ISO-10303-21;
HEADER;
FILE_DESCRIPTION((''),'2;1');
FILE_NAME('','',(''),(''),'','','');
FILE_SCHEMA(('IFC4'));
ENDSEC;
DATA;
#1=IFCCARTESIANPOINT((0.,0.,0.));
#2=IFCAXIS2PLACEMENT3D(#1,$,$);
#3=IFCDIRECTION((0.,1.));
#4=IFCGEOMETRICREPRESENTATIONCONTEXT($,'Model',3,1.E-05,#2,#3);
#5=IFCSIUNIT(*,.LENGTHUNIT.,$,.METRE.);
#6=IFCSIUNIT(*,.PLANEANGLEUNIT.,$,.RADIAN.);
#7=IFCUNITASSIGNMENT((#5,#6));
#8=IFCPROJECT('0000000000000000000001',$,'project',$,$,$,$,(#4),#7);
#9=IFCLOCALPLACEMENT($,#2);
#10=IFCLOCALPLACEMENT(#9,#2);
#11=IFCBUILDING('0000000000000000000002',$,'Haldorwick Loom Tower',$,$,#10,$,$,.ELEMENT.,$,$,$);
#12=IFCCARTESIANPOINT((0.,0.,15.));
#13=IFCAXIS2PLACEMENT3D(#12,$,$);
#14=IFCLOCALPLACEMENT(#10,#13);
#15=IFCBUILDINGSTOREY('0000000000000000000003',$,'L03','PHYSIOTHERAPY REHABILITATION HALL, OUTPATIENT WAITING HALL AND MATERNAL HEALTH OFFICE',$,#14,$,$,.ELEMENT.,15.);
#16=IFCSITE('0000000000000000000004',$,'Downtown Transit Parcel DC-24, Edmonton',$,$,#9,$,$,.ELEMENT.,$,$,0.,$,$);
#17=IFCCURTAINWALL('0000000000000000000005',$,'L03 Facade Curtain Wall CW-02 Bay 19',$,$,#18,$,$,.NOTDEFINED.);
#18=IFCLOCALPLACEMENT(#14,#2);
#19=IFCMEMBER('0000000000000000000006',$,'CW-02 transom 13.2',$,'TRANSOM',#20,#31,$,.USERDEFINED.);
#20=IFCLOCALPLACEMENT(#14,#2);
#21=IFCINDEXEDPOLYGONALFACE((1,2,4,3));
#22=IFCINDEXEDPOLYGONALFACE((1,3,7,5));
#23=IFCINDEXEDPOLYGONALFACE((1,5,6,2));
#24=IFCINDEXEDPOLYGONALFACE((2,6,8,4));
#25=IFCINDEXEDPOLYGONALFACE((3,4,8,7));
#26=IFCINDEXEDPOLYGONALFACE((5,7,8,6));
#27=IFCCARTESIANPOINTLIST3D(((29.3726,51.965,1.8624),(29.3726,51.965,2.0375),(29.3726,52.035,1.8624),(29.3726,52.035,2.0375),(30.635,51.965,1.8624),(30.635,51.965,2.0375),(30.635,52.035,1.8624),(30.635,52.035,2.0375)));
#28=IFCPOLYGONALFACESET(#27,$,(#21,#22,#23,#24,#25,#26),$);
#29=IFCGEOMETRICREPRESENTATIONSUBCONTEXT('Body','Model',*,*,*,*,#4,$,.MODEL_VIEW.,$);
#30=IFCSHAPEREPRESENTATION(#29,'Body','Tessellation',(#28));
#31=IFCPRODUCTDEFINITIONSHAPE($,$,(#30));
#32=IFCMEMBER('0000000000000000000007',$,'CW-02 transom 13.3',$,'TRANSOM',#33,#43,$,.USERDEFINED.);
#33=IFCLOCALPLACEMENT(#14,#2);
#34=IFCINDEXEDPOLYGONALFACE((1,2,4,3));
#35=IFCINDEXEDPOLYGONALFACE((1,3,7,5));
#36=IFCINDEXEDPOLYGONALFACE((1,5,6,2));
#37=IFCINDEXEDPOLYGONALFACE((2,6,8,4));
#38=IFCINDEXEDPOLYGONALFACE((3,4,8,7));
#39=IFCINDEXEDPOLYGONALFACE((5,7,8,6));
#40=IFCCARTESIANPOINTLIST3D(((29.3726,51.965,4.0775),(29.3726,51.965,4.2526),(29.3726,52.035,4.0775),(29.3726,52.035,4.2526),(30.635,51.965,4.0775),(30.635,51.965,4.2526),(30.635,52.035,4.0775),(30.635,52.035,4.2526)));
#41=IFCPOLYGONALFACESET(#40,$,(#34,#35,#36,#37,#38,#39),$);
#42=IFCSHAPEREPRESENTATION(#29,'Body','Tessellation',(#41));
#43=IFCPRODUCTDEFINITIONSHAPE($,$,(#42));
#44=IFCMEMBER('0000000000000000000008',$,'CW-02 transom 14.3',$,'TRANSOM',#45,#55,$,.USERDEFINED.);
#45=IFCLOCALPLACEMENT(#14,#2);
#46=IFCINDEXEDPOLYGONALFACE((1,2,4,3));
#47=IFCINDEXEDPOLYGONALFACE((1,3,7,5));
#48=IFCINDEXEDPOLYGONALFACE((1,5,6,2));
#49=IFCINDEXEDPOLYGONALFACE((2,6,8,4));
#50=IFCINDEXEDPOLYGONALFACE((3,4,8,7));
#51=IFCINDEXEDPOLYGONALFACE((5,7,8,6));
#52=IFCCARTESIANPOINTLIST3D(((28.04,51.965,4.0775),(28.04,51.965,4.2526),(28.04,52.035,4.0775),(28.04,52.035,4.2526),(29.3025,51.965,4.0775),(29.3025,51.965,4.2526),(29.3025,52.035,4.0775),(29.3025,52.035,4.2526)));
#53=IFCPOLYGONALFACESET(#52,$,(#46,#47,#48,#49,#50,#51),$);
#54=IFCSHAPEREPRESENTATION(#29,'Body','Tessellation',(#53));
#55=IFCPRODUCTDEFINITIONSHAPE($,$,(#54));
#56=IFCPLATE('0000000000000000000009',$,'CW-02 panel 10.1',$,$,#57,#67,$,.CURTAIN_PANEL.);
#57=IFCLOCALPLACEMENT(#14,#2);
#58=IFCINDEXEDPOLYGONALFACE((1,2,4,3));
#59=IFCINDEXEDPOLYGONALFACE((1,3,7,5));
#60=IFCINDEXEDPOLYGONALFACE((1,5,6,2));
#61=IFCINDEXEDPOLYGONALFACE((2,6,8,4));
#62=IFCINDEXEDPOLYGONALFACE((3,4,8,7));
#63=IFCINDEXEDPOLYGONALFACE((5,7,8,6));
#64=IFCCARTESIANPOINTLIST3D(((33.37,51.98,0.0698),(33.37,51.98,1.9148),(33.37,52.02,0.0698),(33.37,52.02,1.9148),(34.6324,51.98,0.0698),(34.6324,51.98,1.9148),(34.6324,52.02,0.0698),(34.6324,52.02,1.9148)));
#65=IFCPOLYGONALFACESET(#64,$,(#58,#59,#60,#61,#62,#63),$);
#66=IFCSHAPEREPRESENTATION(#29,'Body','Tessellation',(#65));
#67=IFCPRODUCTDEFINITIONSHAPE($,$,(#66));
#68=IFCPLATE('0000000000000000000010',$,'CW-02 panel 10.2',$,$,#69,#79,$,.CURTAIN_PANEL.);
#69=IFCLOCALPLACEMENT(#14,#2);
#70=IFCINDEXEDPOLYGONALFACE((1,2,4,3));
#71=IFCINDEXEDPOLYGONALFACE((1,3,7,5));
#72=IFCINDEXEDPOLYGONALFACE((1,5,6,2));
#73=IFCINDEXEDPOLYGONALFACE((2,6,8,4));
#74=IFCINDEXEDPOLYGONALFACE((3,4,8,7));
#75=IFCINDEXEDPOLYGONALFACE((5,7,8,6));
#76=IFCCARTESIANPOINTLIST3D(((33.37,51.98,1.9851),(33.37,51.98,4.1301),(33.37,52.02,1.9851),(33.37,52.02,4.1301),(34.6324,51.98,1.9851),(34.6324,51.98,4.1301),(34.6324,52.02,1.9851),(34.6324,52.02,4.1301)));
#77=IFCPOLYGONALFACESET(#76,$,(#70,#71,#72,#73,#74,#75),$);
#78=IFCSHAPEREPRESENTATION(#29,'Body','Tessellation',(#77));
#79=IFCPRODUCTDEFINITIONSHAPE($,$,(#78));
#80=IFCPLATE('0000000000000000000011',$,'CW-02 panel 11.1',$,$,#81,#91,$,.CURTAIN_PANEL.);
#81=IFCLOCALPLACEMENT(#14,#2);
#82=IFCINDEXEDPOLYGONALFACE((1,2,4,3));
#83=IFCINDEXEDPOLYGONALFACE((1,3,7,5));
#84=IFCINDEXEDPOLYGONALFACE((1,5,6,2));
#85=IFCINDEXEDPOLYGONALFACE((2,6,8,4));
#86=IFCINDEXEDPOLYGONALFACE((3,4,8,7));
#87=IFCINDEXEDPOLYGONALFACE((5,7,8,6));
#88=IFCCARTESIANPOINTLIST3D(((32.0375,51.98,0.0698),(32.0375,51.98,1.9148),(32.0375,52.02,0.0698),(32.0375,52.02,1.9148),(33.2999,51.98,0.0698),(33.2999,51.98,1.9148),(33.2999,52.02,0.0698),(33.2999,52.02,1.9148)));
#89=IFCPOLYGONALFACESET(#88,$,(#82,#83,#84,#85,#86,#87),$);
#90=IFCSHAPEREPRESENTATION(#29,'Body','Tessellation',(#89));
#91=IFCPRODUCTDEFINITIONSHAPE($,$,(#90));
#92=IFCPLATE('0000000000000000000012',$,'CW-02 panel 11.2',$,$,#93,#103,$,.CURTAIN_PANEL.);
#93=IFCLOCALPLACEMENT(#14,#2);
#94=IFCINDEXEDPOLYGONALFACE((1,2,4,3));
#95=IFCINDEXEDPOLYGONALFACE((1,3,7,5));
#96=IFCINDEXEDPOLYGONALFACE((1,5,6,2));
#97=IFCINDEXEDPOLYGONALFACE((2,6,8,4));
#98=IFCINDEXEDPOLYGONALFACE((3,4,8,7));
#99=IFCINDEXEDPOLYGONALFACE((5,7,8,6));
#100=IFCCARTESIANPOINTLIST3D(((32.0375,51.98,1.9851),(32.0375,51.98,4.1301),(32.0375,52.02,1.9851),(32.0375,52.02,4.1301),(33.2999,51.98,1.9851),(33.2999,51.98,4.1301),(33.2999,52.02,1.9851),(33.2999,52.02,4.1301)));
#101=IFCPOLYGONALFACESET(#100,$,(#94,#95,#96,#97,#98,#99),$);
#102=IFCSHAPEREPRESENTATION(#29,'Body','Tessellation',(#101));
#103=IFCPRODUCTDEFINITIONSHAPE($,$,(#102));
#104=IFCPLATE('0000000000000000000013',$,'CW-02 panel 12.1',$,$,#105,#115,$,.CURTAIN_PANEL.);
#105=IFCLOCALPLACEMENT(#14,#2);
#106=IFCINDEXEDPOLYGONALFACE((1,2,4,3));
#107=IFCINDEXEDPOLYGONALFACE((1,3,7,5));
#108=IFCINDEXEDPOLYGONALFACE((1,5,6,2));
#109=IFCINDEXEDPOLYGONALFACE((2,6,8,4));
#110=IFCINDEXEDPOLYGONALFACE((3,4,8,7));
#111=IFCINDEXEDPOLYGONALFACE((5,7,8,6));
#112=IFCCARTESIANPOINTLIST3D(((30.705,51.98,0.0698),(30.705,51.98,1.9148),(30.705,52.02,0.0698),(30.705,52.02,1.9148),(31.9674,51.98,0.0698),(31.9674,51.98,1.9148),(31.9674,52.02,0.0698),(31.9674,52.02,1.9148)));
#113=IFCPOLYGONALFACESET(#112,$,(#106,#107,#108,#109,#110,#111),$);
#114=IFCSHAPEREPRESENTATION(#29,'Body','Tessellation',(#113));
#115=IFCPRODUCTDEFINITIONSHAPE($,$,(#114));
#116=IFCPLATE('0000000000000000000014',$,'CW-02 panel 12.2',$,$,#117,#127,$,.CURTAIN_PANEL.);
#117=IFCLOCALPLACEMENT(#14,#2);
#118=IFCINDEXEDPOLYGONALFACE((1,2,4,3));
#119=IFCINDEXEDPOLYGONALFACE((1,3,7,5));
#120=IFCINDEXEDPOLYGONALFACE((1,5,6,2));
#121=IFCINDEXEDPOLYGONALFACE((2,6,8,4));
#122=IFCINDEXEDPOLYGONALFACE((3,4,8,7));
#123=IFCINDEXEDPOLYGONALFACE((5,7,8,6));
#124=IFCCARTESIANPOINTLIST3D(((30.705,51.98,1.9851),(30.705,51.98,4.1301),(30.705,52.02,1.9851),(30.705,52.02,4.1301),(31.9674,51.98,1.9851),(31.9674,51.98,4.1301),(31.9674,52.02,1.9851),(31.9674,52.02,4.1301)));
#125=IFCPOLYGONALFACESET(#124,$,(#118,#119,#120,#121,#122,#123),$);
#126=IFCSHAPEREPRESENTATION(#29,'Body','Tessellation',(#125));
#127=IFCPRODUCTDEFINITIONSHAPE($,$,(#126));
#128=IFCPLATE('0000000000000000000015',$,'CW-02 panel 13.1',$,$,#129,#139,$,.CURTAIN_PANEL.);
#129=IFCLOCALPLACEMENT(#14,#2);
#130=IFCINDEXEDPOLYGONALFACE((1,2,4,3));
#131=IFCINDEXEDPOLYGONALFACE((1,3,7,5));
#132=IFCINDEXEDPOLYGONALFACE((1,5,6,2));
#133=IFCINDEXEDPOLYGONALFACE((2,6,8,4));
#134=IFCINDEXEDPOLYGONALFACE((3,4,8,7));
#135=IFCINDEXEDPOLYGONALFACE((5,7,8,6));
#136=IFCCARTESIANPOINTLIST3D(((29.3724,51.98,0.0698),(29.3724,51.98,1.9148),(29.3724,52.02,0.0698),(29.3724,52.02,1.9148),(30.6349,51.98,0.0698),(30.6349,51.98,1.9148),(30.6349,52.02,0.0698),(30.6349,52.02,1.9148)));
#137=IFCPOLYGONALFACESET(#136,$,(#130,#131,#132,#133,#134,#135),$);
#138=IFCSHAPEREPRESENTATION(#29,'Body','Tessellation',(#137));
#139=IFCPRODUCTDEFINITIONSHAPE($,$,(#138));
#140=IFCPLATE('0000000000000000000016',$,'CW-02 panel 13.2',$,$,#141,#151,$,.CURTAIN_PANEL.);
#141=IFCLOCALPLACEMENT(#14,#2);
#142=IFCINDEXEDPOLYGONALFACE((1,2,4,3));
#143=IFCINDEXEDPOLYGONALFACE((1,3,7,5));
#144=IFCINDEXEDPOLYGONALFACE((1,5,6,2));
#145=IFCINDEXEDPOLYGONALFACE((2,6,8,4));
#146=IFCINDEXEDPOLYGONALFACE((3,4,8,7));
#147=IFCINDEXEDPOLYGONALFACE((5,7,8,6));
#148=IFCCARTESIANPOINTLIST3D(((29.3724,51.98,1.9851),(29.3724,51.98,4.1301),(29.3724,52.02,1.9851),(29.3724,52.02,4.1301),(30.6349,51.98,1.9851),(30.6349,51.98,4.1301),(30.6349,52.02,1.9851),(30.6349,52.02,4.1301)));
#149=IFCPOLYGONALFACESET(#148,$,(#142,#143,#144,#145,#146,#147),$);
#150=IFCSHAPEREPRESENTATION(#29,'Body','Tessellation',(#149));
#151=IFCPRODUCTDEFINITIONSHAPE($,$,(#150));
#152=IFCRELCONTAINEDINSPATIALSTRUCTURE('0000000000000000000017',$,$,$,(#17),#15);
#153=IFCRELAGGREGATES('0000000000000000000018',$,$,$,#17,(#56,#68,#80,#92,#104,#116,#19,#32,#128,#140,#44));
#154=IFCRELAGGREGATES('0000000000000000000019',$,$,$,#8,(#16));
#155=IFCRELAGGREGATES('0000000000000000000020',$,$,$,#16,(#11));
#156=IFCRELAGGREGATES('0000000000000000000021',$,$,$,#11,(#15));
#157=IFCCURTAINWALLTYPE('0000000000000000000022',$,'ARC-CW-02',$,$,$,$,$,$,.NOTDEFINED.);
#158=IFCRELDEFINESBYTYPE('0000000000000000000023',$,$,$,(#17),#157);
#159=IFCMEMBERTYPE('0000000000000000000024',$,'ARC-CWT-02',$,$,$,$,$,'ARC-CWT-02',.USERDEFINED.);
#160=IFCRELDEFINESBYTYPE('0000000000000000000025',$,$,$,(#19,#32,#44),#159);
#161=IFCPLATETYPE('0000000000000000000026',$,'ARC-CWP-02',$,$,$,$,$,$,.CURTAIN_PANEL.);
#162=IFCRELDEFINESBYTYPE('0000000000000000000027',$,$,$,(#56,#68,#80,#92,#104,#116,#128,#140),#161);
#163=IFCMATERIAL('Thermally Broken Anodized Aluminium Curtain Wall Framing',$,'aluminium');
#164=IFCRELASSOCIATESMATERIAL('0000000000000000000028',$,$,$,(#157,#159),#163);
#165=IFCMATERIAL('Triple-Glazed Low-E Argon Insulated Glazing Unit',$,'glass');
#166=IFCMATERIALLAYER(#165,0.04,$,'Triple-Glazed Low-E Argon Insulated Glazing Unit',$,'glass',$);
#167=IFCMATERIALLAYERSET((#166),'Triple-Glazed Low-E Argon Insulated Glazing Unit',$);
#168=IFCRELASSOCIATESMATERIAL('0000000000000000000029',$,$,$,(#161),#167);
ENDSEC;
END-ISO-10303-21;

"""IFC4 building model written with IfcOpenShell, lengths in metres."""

from ifc_helpers import new_model, si_unit, direction, frame, origin, origin_2d, place, context, subcontext, project, spatial, rectangle, extrude, material, layer, layer_set, material_profile, profile_set, type_object, element, aggregate, save


model = new_model("IFC4")

# Units and contexts
model_context = context("Model", 3, precision=1e-05, world=origin(), true_north=direction((0.0, 1.0)))
body_context = subcontext(model_context, "Body", "Model", "MODEL_VIEW")
ifc_project = project(units=[si_unit("LENGTHUNIT", "METRE"), si_unit("PLANEANGLEUNIT", "RADIAN")], contexts=[model_context])

# Site, building, storey
site_placement = place(None, origin())
site = spatial("IfcSite", under=ifc_project, at=site_placement, Name="Downtown Transit Parcel DC-24, Edmonton", CompositionType="ELEMENT", RefElevation=0.0)
building_placement = place(site_placement, origin())
building = spatial("IfcBuilding", under=site, at=building_placement, Name="Haldorwick Loom Tower", CompositionType="ELEMENT")
storey_placement = place(building_placement, frame((0.0, 0.0, 15.0)))
storey = spatial("IfcBuildingStorey", under=building, at=storey_placement, Name="L03", Description="PHYSIOTHERAPY REHABILITATION HALL, OUTPATIENT WAITING HALL AND MATERNAL HEALTH OFFICE", CompositionType="ELEMENT", Elevation=15.0)

# Curtain wall, members, plates
ifc_material_1 = material(Name="Thermally Broken Anodized Aluminium Curtain Wall Framing", Category="aluminium")
curtain_wall_type = type_object("IfcCurtainWallType", Name="ARC-CW-02", PredefinedType="NOTDEFINED", material=ifc_material_1)
curtain_wall_placement = place(storey_placement, origin())
curtain_wall = element("IfcCurtainWall", 1, at=curtain_wall_placement, inside=storey, type_object=curtain_wall_type, Name="L03 Facade Curtain Wall CW-02 Bay 19", PredefinedType="NOTDEFINED")
ifc_material_profile_1 = material_profile(ifc_material_1, rectangle(XDim=0.0701, YDim=0.175, at=origin_2d()), Name="ALU_TRN_70X175", Category="aluminium")
ifc_profile_set_1 = profile_set([ifc_material_profile_1], Name="Thermally Broken Anodized Aluminium Curtain Wall Framing")
member_type_1 = type_object("IfcMemberType", Name="ARC-CWT-02", ElementType="ARC-CWT-02", PredefinedType="USERDEFINED", material=ifc_profile_set_1)
member_1_placement = place(storey_placement, frame((30.635, 52.0, 1.95), z_axis=(-1.0, 0.0, 0.0), x_axis=(0.0, -1.0, 0.0)))
member_1 = element("IfcMember", 2, at=member_1_placement, type_object=member_type_1, Name="CW-02 transom 13.2", ObjectType="TRANSOM", PredefinedType="USERDEFINED", context=body_context, shape_type="SweptSolid", body=[
    extrude(rectangle(XDim=0.0701, YDim=0.175, at=origin_2d()), origin(), (0.0, 0.0, 1.0), 1.2625),
])
member_2_placement = place(storey_placement, frame((30.635, 52.0, 4.165), z_axis=(-1.0, 0.0, 0.0), x_axis=(0.0, -1.0, 0.0)))
member_2 = element("IfcMember", 3, at=member_2_placement, type_object=member_type_1, Name="CW-02 transom 13.3", ObjectType="TRANSOM", PredefinedType="USERDEFINED", context=body_context, shape_type="SweptSolid", body=[
    extrude(rectangle(XDim=0.0701, YDim=0.175, at=origin_2d()), origin(), (0.0, 0.0, 1.0), 1.2625),
])
member_3_placement = place(storey_placement, frame((29.3025, 52.0, 4.165), z_axis=(-1.0, 0.0, 0.0), x_axis=(0.0, -1.0, 0.0)))
member_3 = element("IfcMember", 4, at=member_3_placement, type_object=member_type_1, Name="CW-02 transom 14.3", ObjectType="TRANSOM", PredefinedType="USERDEFINED", context=body_context, shape_type="SweptSolid", body=[
    extrude(rectangle(XDim=0.0701, YDim=0.175, at=origin_2d()), origin(), (0.0, 0.0, 1.0), 1.2625),
])
ifc_material_2 = material(Name="Triple-Glazed Low-E Argon Insulated Glazing Unit", Category="glass")
ifc_layer = layer(ifc_material_2, 0.04, Name="Triple-Glazed Low-E Argon Insulated Glazing Unit", Category="glass")
ifc_layer_set = layer_set([ifc_layer], Name="Triple-Glazed Low-E Argon Insulated Glazing Unit")
plate_type = type_object("IfcPlateType", Name="ARC-CWP-02", PredefinedType="CURTAIN_PANEL", material=ifc_layer_set)
plate_1_placement = place(storey_placement, frame((34.0012, 52.0, 0.0698), z_axis=(0.0, 0.0, 1.0), x_axis=(-1.0, 0.0, 0.0)))
plate_1 = element("IfcPlate", 5, at=plate_1_placement, type_object=plate_type, Name="CW-02 panel 10.1", PredefinedType="CURTAIN_PANEL", context=body_context, shape_type="SweptSolid", body=[
    extrude(rectangle(XDim=1.2625, YDim=0.04, at=origin_2d()), origin(), (0.0, 0.0, 1.0), 1.845),
])
plate_2_placement = place(storey_placement, frame((34.0012, 52.0, 1.9851), z_axis=(0.0, 0.0, 1.0), x_axis=(-1.0, 0.0, 0.0)))
plate_2 = element("IfcPlate", 6, at=plate_2_placement, type_object=plate_type, Name="CW-02 panel 10.2", PredefinedType="CURTAIN_PANEL", context=body_context, shape_type="SweptSolid", body=[
    extrude(rectangle(XDim=1.2625, YDim=0.04, at=origin_2d()), origin(), (0.0, 0.0, 1.0), 2.145),
])
plate_3_placement = place(storey_placement, frame((32.6687, 52.0, 0.0698), z_axis=(0.0, 0.0, 1.0), x_axis=(-1.0, 0.0, 0.0)))
plate_3 = element("IfcPlate", 7, at=plate_3_placement, type_object=plate_type, Name="CW-02 panel 11.1", PredefinedType="CURTAIN_PANEL", context=body_context, shape_type="SweptSolid", body=[
    extrude(rectangle(XDim=1.2625, YDim=0.04, at=origin_2d()), origin(), (0.0, 0.0, 1.0), 1.845),
])
plate_4_placement = place(storey_placement, frame((32.6687, 52.0, 1.9851), z_axis=(0.0, 0.0, 1.0), x_axis=(-1.0, 0.0, 0.0)))
plate_4 = element("IfcPlate", 8, at=plate_4_placement, type_object=plate_type, Name="CW-02 panel 11.2", PredefinedType="CURTAIN_PANEL", context=body_context, shape_type="SweptSolid", body=[
    extrude(rectangle(XDim=1.2625, YDim=0.04, at=origin_2d()), origin(), (0.0, 0.0, 1.0), 2.145),
])
plate_5_placement = place(storey_placement, frame((31.3362, 52.0, 0.0698), z_axis=(0.0, 0.0, 1.0), x_axis=(-1.0, 0.0, 0.0)))
plate_5 = element("IfcPlate", 9, at=plate_5_placement, type_object=plate_type, Name="CW-02 panel 12.1", PredefinedType="CURTAIN_PANEL", context=body_context, shape_type="SweptSolid", body=[
    extrude(rectangle(XDim=1.2625, YDim=0.04, at=origin_2d()), origin(), (0.0, 0.0, 1.0), 1.845),
])
plate_6_placement = place(storey_placement, frame((31.3362, 52.0, 1.9851), z_axis=(0.0, 0.0, 1.0), x_axis=(-1.0, 0.0, 0.0)))
plate_6 = element("IfcPlate", 10, at=plate_6_placement, type_object=plate_type, Name="CW-02 panel 12.2", PredefinedType="CURTAIN_PANEL", context=body_context, shape_type="SweptSolid", body=[
    extrude(rectangle(XDim=1.2625, YDim=0.04, at=origin_2d()), origin(), (0.0, 0.0, 1.0), 2.145),
])
plate_7_placement = place(storey_placement, frame((30.0037, 52.0, 0.0698), z_axis=(0.0, 0.0, 1.0), x_axis=(-1.0, 0.0, 0.0)))
plate_7 = element("IfcPlate", 11, at=plate_7_placement, type_object=plate_type, Name="CW-02 panel 13.1", PredefinedType="CURTAIN_PANEL", context=body_context, shape_type="SweptSolid", body=[
    extrude(rectangle(XDim=1.2625, YDim=0.04, at=origin_2d()), origin(), (0.0, 0.0, 1.0), 1.845),
])
plate_8_placement = place(storey_placement, frame((30.0037, 52.0, 1.9851), z_axis=(0.0, 0.0, 1.0), x_axis=(-1.0, 0.0, 0.0)))
plate_8 = element("IfcPlate", 12, at=plate_8_placement, type_object=plate_type, Name="CW-02 panel 13.2", PredefinedType="CURTAIN_PANEL", context=body_context, shape_type="SweptSolid", body=[
    extrude(rectangle(XDim=1.2625, YDim=0.04, at=origin_2d()), origin(), (0.0, 0.0, 1.0), 2.145),
])
aggregate(curtain_wall, [plate_1, plate_2, plate_3, plate_4, plate_5, plate_6, member_1, member_2, plate_7, plate_8, member_3])

save(model, "model.ifc")
